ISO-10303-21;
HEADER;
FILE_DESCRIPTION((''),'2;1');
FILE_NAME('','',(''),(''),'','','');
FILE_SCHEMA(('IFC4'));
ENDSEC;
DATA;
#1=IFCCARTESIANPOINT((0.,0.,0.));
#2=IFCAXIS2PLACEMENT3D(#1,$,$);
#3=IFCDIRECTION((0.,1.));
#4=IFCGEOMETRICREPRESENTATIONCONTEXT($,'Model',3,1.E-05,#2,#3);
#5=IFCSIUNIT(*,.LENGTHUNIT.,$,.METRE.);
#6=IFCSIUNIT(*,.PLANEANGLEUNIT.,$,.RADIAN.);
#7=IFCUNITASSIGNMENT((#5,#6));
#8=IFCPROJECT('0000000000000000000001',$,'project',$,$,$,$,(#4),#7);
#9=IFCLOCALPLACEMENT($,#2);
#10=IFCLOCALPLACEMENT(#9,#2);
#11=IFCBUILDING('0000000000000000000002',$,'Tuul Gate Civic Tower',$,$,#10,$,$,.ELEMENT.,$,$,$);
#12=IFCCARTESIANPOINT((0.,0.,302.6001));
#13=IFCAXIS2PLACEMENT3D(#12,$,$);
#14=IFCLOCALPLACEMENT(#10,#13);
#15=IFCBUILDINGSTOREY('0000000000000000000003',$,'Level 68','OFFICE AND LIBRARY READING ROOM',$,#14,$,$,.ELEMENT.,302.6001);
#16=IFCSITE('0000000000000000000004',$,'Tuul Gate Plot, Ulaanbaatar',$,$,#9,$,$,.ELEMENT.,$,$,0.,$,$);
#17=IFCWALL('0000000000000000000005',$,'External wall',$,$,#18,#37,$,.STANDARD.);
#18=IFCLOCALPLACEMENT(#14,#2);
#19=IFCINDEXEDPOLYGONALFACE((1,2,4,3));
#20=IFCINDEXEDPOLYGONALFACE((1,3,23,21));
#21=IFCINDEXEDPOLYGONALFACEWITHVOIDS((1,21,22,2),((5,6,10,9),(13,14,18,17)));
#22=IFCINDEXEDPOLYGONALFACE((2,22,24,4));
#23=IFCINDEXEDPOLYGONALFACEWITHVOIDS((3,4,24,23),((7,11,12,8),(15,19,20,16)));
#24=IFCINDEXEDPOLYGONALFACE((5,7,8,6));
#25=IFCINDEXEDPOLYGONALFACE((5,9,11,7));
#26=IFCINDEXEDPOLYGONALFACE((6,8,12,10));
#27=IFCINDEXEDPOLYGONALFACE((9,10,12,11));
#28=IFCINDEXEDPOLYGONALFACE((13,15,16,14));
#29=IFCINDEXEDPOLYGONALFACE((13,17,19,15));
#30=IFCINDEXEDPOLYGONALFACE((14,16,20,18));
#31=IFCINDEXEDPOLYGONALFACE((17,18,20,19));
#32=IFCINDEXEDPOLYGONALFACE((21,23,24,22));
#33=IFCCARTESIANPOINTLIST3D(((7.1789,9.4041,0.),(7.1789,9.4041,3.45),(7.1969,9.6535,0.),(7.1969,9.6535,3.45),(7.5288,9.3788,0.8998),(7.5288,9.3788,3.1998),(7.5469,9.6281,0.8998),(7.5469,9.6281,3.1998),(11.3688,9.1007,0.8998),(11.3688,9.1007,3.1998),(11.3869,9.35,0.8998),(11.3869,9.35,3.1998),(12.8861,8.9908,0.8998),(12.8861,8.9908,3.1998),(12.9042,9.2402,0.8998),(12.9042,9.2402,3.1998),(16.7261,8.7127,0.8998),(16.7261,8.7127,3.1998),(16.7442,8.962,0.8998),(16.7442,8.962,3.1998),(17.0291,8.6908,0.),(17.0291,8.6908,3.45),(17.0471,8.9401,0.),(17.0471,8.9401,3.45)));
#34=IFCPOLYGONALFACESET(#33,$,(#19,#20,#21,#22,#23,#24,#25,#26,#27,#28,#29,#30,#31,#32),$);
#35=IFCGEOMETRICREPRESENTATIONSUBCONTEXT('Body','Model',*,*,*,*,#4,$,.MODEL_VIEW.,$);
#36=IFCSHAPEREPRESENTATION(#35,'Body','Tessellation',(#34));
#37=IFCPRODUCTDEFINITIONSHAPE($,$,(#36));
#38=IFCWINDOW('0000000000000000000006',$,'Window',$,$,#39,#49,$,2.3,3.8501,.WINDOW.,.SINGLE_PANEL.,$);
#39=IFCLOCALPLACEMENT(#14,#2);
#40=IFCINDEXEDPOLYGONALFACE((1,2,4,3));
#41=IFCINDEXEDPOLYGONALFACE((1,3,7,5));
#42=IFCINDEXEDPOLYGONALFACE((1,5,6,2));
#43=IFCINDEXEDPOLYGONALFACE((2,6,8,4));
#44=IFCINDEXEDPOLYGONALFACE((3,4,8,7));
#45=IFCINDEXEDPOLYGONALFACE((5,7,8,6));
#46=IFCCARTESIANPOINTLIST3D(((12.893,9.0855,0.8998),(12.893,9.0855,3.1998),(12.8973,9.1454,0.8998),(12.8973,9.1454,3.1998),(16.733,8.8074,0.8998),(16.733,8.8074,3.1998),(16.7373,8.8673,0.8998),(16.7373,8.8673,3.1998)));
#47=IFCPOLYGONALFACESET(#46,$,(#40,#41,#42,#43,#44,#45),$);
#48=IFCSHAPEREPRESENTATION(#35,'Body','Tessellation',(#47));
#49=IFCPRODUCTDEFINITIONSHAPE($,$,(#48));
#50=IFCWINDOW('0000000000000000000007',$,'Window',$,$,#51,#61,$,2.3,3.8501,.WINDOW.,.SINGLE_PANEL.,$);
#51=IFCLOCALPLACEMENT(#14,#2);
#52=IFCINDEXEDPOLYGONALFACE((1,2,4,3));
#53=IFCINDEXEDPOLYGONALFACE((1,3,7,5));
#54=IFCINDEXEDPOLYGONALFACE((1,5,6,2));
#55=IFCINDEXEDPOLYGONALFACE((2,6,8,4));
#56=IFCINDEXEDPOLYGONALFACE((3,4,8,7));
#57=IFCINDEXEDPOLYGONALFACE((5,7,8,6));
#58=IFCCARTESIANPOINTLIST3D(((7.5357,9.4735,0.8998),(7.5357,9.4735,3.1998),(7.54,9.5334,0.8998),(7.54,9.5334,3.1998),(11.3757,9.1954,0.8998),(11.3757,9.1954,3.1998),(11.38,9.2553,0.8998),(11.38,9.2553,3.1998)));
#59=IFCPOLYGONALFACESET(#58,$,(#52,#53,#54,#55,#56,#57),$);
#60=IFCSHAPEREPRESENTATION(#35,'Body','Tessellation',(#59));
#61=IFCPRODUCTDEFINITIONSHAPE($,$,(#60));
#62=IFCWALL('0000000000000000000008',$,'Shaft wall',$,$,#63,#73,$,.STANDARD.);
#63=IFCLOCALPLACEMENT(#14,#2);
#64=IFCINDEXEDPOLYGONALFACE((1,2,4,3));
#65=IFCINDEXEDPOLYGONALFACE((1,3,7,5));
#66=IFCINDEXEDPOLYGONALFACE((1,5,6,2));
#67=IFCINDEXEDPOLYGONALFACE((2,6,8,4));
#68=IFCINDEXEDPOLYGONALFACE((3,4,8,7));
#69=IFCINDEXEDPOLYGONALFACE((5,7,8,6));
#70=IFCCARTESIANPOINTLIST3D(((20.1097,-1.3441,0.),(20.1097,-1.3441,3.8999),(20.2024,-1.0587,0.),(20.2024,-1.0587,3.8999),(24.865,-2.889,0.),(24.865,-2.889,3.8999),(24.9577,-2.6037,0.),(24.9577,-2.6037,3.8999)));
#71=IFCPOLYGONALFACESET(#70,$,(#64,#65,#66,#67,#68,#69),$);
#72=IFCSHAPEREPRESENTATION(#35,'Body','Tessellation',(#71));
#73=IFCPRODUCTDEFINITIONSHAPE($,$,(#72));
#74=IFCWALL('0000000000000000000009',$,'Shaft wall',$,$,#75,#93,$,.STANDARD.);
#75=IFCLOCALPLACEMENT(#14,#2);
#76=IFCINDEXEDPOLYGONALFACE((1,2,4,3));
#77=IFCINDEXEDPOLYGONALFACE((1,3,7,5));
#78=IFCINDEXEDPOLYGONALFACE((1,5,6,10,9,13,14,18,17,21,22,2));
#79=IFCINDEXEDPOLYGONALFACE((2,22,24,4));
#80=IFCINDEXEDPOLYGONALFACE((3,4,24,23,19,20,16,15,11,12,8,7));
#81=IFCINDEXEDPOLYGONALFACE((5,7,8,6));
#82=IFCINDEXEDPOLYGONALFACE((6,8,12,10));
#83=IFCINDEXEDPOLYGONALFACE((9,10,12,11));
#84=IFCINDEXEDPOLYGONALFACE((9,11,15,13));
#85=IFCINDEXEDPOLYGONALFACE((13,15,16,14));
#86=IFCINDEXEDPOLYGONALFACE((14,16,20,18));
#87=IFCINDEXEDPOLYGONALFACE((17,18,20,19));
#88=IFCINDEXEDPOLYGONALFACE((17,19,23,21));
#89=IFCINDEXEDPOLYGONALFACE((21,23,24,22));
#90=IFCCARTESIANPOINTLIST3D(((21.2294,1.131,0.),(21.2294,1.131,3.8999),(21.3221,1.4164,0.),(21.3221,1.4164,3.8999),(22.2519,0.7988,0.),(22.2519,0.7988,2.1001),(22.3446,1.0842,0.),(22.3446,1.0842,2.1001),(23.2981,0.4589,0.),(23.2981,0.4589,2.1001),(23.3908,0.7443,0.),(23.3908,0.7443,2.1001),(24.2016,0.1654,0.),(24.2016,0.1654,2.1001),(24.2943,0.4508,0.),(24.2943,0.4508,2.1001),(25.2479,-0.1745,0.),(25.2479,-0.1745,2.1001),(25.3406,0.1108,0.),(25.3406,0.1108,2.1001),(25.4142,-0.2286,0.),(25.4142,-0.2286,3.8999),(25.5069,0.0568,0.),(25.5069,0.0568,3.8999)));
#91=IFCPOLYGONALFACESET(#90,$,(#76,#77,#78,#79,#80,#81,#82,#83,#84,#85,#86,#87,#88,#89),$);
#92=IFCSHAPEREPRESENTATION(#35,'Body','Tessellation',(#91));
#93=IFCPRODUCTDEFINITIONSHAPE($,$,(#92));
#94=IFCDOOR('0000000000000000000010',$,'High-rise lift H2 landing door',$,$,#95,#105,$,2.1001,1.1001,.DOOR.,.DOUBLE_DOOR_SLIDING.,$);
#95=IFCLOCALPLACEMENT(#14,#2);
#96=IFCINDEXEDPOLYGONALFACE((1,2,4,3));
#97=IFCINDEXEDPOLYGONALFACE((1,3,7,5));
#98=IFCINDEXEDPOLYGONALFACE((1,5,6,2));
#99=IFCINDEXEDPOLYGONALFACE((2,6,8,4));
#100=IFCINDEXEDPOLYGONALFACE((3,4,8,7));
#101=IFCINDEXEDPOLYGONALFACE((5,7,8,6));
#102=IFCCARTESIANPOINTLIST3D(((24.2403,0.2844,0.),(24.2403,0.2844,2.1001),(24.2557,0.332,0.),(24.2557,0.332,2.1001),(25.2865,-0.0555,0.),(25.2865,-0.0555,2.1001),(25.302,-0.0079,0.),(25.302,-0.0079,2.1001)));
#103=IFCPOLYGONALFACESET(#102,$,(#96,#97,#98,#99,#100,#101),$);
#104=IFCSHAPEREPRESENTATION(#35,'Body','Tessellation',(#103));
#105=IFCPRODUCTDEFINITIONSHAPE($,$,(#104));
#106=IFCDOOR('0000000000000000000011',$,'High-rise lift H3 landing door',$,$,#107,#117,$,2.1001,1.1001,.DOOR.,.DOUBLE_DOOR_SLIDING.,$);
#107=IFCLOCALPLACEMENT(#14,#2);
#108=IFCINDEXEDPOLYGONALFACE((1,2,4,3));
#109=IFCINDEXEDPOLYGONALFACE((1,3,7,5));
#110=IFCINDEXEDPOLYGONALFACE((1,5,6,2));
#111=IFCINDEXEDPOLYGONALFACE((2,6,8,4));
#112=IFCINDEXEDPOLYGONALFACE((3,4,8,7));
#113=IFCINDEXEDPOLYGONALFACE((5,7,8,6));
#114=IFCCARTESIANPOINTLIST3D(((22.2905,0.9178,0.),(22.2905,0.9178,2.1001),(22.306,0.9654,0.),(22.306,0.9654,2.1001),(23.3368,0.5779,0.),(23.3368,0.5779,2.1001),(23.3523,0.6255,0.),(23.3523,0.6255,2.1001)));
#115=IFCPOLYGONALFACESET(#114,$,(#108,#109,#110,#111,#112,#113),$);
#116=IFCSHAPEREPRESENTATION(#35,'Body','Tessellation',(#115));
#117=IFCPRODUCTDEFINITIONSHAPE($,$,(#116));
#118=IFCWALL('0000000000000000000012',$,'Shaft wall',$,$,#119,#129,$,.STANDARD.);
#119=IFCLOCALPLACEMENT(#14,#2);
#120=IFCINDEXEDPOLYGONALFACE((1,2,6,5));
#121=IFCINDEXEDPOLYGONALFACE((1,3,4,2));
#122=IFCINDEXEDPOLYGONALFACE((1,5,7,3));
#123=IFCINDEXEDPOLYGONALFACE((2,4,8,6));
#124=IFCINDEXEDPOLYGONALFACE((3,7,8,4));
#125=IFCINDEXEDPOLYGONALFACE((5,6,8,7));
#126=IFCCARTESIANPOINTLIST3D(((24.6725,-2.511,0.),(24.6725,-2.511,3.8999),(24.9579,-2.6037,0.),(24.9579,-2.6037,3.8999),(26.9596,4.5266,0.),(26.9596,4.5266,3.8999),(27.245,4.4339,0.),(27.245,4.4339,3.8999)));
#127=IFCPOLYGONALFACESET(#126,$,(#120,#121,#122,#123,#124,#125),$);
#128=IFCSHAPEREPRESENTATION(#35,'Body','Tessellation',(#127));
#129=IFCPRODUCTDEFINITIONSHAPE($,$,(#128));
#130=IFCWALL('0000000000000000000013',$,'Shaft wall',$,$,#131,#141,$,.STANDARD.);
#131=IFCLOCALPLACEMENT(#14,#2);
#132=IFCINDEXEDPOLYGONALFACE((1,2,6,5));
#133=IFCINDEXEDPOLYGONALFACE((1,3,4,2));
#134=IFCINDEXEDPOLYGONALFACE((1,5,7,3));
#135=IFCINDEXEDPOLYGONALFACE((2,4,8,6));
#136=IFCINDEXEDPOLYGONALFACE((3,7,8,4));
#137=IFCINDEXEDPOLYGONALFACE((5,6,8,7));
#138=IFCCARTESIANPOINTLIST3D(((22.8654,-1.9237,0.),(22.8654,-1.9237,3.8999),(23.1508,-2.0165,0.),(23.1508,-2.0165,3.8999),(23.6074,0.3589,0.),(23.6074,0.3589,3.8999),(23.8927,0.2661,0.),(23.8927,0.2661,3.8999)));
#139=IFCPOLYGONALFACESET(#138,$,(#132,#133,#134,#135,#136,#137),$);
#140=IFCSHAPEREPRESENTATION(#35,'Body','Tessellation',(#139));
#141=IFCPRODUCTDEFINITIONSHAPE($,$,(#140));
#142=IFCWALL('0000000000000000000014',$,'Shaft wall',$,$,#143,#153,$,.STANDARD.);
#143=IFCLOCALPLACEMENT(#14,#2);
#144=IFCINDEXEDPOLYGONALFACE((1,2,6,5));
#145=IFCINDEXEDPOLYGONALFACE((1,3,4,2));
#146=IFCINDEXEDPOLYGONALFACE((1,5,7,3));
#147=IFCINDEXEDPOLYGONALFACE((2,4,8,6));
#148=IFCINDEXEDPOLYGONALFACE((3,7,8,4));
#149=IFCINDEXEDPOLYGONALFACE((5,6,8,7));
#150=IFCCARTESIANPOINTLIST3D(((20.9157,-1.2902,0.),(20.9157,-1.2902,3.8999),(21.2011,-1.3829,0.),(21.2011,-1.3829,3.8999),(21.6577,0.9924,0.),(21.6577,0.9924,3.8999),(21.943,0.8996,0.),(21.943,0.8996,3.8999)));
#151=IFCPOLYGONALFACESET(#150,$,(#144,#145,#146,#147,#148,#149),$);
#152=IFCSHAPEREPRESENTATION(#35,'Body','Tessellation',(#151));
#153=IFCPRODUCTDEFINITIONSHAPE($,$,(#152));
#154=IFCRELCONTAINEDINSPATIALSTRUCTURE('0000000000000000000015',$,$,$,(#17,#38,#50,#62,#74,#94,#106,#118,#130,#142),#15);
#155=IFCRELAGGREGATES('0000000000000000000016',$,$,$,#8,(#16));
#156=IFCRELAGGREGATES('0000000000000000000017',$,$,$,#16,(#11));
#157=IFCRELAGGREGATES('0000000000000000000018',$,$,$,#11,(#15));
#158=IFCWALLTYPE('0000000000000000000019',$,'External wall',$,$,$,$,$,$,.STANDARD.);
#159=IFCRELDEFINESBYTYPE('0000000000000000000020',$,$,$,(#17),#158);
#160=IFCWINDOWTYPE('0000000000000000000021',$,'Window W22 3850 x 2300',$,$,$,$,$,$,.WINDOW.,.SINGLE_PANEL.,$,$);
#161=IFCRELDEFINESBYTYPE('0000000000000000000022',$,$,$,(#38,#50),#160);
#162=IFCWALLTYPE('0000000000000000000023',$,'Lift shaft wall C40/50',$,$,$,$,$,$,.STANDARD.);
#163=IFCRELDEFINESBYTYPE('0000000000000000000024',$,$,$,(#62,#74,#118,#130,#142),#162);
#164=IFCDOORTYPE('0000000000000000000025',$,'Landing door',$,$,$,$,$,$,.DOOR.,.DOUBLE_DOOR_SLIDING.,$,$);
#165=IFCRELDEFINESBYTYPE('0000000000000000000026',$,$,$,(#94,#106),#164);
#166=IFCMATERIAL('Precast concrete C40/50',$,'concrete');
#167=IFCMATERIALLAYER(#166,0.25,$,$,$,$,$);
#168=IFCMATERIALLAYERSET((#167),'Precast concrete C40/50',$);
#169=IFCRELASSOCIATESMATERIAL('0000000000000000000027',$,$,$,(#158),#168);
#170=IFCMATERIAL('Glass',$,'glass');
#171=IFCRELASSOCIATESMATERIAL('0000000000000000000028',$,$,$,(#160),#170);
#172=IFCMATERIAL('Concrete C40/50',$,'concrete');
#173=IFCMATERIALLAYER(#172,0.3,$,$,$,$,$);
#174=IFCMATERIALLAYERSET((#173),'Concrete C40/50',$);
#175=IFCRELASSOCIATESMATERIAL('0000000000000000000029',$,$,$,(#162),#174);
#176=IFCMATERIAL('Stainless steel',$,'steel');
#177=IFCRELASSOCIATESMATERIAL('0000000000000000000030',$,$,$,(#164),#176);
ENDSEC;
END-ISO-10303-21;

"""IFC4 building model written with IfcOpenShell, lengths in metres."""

from ifc_helpers import new_model, si_unit, direction, frame, frame_2d, origin, place, context, subcontext, project, spatial, rectangle, extrude, material, layer, layer_set, type_object, element, fill, save


model = new_model("IFC4")

# Units and contexts
model_context = context("Model", 3, precision=1e-05, world=origin(), true_north=direction((0.0, 1.0)))
body_context = subcontext(model_context, "Body", "Model", "MODEL_VIEW")
ifc_project = project(units=[si_unit("LENGTHUNIT", "METRE"), si_unit("PLANEANGLEUNIT", "RADIAN")], contexts=[model_context])

# Site, building, storey
site_placement = place(None, origin())
site = spatial("IfcSite", under=ifc_project, at=site_placement, Name="Tuul Gate Plot, Ulaanbaatar", CompositionType="ELEMENT", RefElevation=0.0)
building_placement = place(site_placement, origin())
building = spatial("IfcBuilding", under=site, at=building_placement, Name="Tuul Gate Civic Tower", CompositionType="ELEMENT")
storey_placement = place(building_placement, frame((0.0, 0.0, 302.6001)))
storey = spatial("IfcBuildingStorey", under=building, at=storey_placement, Name="Level 68", Description="OFFICE AND LIBRARY READING ROOM", CompositionType="ELEMENT", Elevation=302.6001)

# Wall, openings, windows
ifc_material_1 = material(Name="Precast concrete C40/50", Category="concrete")
ifc_layer_1 = layer(ifc_material_1, 0.25)
ifc_layer_set_1 = layer_set([ifc_layer_1], Name="Precast concrete C40/50")
wall_type_1 = type_object("IfcWallType", Name="External wall", PredefinedType="STANDARD", material=ifc_layer_set_1)
wall_1_placement = place(storey_placement, frame((17.0381, 8.8154, 0.0), z_axis=(0.0, 0.0, 1.0), x_axis=(-0.997388, 0.072234, 0.0)))
wall_1 = element("IfcWall", 1, at=wall_1_placement, inside=storey, type_object=wall_type_1, Name="External wall", PredefinedType="STANDARD", context=body_context, shape_type="SweptSolid", body=[
    extrude(rectangle(XDim=9.876, YDim=0.25, at=frame_2d((4.938, 0.0))), origin(), (0.0, 0.0, 1.0), 3.45),
])
opening_1_placement = place(wall_1_placement, frame((0.3037, 0.0, 0.8999)))
opening_1 = element("IfcOpeningElement", 2, at=opening_1_placement, cuts=wall_1, PredefinedType="OPENING", context=body_context, shape_type="SweptSolid", body=[
    extrude(rectangle(XDim=3.8501, YDim=2.3, at=frame_2d((1.925, 1.1499))), frame((0.0, 0.135, 0.0), z_axis=(0.0, -1.0, 0.0), x_axis=(1.0, 0.0, 0.0)), (0.0, 0.0, 1.0), 0.27),
])
opening_2_placement = place(wall_1_placement, frame((5.675, 0.0, 0.8999)))
opening_2 = element("IfcOpeningElement", 3, at=opening_2_placement, cuts=wall_1, PredefinedType="OPENING", context=body_context, shape_type="SweptSolid", body=[
    extrude(rectangle(XDim=3.8501, YDim=2.3, at=frame_2d((1.925, 1.1499))), frame((0.0, 0.135, 0.0), z_axis=(0.0, -1.0, 0.0), x_axis=(1.0, 0.0, 0.0)), (0.0, 0.0, 1.0), 0.27),
])
ifc_material_2 = material(Name="Glass", Category="glass")
window_type = type_object("IfcWindowType", Name="Window W22 3850 x 2300", PartitioningType="SINGLE_PANEL", PredefinedType="WINDOW", material=ifc_material_2)
window_1_placement = place(opening_1_placement, origin())
window_1 = element("IfcWindow", 4, at=window_1_placement, inside=storey, type_object=window_type, Name="Window", OverallHeight=2.3, OverallWidth=3.8501, PartitioningType="SINGLE_PANEL", PredefinedType="WINDOW", context=body_context, shape_type="SweptSolid", body=[
    extrude(rectangle(XDim=3.8501, YDim=2.3, at=frame_2d((1.925, 1.1499))), frame((0.0, 0.03, 0.0), z_axis=(0.0, -1.0, 0.0), x_axis=(1.0, 0.0, 0.0)), (0.0, 0.0, 1.0), 0.0601),
])
fill(opening_1, window_1)
window_2_placement = place(opening_2_placement, origin())
window_2 = element("IfcWindow", 5, at=window_2_placement, inside=storey, type_object=window_type, Name="Window", OverallHeight=2.3, OverallWidth=3.8501, PartitioningType="SINGLE_PANEL", PredefinedType="WINDOW", context=body_context, shape_type="SweptSolid", body=[
    extrude(rectangle(XDim=3.8501, YDim=2.3, at=frame_2d((1.925, 1.1499))), frame((0.0, 0.03, 0.0), z_axis=(0.0, -1.0, 0.0), x_axis=(1.0, 0.0, 0.0)), (0.0, 0.0, 1.0), 0.0601),
])
fill(opening_2, window_2)

# Wall
ifc_material_3 = material(Name="Concrete C40/50", Category="concrete")
ifc_layer_2 = layer(ifc_material_3, 0.3)
ifc_layer_set_2 = layer_set([ifc_layer_2], Name="Concrete C40/50")
wall_type_2 = type_object("IfcWallType", Name="Lift shaft wall C40/50", PredefinedType="STANDARD", material=ifc_layer_set_2)
wall_2_placement = place(storey_placement, frame((24.9114, -2.7463, 0.0), z_axis=(0.0, 0.0, 1.0), x_axis=(-0.951068, 0.308982, 0.0)))
element("IfcWall", 6, at=wall_2_placement, inside=storey, type_object=wall_type_2, Name="Shaft wall", PredefinedType="STANDARD", context=body_context, shape_type="SweptSolid", body=[
    extrude(rectangle(XDim=5.0, YDim=0.3, at=frame_2d((2.5, 0.0))), origin(), (0.0, 0.0, 1.0), 3.8999),
])

# Wall, openings, doors
wall_3_placement = place(storey_placement, frame((25.4607, -0.0859, 0.0), z_axis=(0.0, 0.0, 1.0), x_axis=(-0.951064, 0.308994, 0.0)))
wall_3 = element("IfcWall", 7, at=wall_3_placement, inside=storey, type_object=wall_type_2, Name="Shaft wall", PredefinedType="STANDARD", context=body_context, shape_type="SweptSolid", body=[
    extrude(rectangle(XDim=4.4001, YDim=0.3, at=frame_2d((2.2002, 0.0))), origin(), (0.0, 0.0, 1.0), 3.8999),
])
opening_3_placement = place(wall_3_placement, frame((0.175, 0.0, 0.0)))
opening_3 = element("IfcOpeningElement", 8, at=opening_3_placement, cuts=wall_3, PredefinedType="OPENING", context=body_context, shape_type="SweptSolid", body=[
    extrude(rectangle(XDim=1.1001, YDim=2.1001, at=frame_2d((0.55, 1.05))), frame((0.0, 0.1602, 0.0), z_axis=(0.0, -1.0, 0.0), x_axis=(1.0, 0.0, 0.0)), (0.0, 0.0, 1.0), 0.3201),
])
opening_4_placement = place(wall_3_placement, frame((2.2251, 0.0, 0.0)))
opening_4 = element("IfcOpeningElement", 9, at=opening_4_placement, cuts=wall_3, PredefinedType="OPENING", context=body_context, shape_type="SweptSolid", body=[
    extrude(rectangle(XDim=1.1001, YDim=2.1001, at=frame_2d((0.55, 1.05))), frame((0.0, 0.1602, 0.0), z_axis=(0.0, -1.0, 0.0), x_axis=(1.0, 0.0, 0.0)), (0.0, 0.0, 1.0), 0.3201),
])
ifc_material_4 = material(Name="Stainless steel", Category="steel")
door_type_1 = type_object("IfcDoorType", Name="Landing door", OperationType="DOUBLE_DOOR_SLIDING", PredefinedType="DOOR", material=ifc_material_4)
door_1_placement = place(opening_3_placement, origin())
door_1 = element("IfcDoor", 10, at=door_1_placement, inside=storey, type_object=door_type_1, Name="High-rise lift H2 landing door", OperationType="DOUBLE_DOOR_SLIDING", OverallHeight=2.1001, OverallWidth=1.1001, PredefinedType="DOOR", context=body_context, shape_type="SweptSolid", body=[
    extrude(rectangle(XDim=1.1001, YDim=2.1001, at=frame_2d((0.55, 1.05))), frame((0.0, 0.0249, 0.0), z_axis=(0.0, -1.0, 0.0), x_axis=(1.0, 0.0, 0.0)), (0.0, 0.0, 1.0), 0.05),
])
fill(opening_3, door_1)
door_2_placement = place(opening_4_placement, origin())
door_2 = element("IfcDoor", 11, at=door_2_placement, inside=storey, type_object=door_type_1, Name="High-rise lift H3 landing door", OperationType="DOUBLE_DOOR_SLIDING", OverallHeight=2.1001, OverallWidth=1.1001, PredefinedType="DOOR", context=body_context, shape_type="SweptSolid", body=[
    extrude(rectangle(XDim=1.1001, YDim=2.1001, at=frame_2d((0.55, 1.05))), frame((0.0, 0.0249, 0.0), z_axis=(0.0, -1.0, 0.0), x_axis=(1.0, 0.0, 0.0)), (0.0, 0.0, 1.0), 0.05),
])
fill(opening_4, door_2)

# Walls
wall_4_placement = place(storey_placement, frame((24.8152, -2.5574, 0.0), z_axis=(0.0, 0.0, 1.0), x_axis=(0.309073, 0.951038, 0.0)))
element("IfcWall", 12, at=wall_4_placement, inside=storey, type_object=wall_type_2, Name="Shaft wall", PredefinedType="STANDARD", context=body_context, shape_type="SweptSolid", body=[
    extrude(rectangle(XDim=7.3999, YDim=0.3, at=frame_2d((3.7, 0.0))), origin(), (0.0, 0.0, 1.0), 3.8999),
])
for number, where, z_axis, x_axis, name in (
    (13, (23.0081, -1.9702, 0.0), (0.0, 0.0, 1.0), (0.309139, 0.951017, 0.0), "Shaft wall"),
    (14, (21.0583, -1.3367, 0.0), (0.0, 0.0, 1.0), (0.309139, 0.951017, 0.0), "Shaft wall"),
):
    element("IfcWall", number, at=place(storey_placement, frame(where, z_axis=z_axis, x_axis=x_axis)), inside=storey, type_object=wall_type_2, Name=name, PredefinedType="STANDARD", context=body_context, shape_type="SweptSolid", body=[
        extrude(rectangle(XDim=2.4001, YDim=0.3, at=frame_2d((1.2002, 0.0))), origin(), (0.0, 0.0, 1.0), 3.8999),
    ])

save(model, "model.ifc")
